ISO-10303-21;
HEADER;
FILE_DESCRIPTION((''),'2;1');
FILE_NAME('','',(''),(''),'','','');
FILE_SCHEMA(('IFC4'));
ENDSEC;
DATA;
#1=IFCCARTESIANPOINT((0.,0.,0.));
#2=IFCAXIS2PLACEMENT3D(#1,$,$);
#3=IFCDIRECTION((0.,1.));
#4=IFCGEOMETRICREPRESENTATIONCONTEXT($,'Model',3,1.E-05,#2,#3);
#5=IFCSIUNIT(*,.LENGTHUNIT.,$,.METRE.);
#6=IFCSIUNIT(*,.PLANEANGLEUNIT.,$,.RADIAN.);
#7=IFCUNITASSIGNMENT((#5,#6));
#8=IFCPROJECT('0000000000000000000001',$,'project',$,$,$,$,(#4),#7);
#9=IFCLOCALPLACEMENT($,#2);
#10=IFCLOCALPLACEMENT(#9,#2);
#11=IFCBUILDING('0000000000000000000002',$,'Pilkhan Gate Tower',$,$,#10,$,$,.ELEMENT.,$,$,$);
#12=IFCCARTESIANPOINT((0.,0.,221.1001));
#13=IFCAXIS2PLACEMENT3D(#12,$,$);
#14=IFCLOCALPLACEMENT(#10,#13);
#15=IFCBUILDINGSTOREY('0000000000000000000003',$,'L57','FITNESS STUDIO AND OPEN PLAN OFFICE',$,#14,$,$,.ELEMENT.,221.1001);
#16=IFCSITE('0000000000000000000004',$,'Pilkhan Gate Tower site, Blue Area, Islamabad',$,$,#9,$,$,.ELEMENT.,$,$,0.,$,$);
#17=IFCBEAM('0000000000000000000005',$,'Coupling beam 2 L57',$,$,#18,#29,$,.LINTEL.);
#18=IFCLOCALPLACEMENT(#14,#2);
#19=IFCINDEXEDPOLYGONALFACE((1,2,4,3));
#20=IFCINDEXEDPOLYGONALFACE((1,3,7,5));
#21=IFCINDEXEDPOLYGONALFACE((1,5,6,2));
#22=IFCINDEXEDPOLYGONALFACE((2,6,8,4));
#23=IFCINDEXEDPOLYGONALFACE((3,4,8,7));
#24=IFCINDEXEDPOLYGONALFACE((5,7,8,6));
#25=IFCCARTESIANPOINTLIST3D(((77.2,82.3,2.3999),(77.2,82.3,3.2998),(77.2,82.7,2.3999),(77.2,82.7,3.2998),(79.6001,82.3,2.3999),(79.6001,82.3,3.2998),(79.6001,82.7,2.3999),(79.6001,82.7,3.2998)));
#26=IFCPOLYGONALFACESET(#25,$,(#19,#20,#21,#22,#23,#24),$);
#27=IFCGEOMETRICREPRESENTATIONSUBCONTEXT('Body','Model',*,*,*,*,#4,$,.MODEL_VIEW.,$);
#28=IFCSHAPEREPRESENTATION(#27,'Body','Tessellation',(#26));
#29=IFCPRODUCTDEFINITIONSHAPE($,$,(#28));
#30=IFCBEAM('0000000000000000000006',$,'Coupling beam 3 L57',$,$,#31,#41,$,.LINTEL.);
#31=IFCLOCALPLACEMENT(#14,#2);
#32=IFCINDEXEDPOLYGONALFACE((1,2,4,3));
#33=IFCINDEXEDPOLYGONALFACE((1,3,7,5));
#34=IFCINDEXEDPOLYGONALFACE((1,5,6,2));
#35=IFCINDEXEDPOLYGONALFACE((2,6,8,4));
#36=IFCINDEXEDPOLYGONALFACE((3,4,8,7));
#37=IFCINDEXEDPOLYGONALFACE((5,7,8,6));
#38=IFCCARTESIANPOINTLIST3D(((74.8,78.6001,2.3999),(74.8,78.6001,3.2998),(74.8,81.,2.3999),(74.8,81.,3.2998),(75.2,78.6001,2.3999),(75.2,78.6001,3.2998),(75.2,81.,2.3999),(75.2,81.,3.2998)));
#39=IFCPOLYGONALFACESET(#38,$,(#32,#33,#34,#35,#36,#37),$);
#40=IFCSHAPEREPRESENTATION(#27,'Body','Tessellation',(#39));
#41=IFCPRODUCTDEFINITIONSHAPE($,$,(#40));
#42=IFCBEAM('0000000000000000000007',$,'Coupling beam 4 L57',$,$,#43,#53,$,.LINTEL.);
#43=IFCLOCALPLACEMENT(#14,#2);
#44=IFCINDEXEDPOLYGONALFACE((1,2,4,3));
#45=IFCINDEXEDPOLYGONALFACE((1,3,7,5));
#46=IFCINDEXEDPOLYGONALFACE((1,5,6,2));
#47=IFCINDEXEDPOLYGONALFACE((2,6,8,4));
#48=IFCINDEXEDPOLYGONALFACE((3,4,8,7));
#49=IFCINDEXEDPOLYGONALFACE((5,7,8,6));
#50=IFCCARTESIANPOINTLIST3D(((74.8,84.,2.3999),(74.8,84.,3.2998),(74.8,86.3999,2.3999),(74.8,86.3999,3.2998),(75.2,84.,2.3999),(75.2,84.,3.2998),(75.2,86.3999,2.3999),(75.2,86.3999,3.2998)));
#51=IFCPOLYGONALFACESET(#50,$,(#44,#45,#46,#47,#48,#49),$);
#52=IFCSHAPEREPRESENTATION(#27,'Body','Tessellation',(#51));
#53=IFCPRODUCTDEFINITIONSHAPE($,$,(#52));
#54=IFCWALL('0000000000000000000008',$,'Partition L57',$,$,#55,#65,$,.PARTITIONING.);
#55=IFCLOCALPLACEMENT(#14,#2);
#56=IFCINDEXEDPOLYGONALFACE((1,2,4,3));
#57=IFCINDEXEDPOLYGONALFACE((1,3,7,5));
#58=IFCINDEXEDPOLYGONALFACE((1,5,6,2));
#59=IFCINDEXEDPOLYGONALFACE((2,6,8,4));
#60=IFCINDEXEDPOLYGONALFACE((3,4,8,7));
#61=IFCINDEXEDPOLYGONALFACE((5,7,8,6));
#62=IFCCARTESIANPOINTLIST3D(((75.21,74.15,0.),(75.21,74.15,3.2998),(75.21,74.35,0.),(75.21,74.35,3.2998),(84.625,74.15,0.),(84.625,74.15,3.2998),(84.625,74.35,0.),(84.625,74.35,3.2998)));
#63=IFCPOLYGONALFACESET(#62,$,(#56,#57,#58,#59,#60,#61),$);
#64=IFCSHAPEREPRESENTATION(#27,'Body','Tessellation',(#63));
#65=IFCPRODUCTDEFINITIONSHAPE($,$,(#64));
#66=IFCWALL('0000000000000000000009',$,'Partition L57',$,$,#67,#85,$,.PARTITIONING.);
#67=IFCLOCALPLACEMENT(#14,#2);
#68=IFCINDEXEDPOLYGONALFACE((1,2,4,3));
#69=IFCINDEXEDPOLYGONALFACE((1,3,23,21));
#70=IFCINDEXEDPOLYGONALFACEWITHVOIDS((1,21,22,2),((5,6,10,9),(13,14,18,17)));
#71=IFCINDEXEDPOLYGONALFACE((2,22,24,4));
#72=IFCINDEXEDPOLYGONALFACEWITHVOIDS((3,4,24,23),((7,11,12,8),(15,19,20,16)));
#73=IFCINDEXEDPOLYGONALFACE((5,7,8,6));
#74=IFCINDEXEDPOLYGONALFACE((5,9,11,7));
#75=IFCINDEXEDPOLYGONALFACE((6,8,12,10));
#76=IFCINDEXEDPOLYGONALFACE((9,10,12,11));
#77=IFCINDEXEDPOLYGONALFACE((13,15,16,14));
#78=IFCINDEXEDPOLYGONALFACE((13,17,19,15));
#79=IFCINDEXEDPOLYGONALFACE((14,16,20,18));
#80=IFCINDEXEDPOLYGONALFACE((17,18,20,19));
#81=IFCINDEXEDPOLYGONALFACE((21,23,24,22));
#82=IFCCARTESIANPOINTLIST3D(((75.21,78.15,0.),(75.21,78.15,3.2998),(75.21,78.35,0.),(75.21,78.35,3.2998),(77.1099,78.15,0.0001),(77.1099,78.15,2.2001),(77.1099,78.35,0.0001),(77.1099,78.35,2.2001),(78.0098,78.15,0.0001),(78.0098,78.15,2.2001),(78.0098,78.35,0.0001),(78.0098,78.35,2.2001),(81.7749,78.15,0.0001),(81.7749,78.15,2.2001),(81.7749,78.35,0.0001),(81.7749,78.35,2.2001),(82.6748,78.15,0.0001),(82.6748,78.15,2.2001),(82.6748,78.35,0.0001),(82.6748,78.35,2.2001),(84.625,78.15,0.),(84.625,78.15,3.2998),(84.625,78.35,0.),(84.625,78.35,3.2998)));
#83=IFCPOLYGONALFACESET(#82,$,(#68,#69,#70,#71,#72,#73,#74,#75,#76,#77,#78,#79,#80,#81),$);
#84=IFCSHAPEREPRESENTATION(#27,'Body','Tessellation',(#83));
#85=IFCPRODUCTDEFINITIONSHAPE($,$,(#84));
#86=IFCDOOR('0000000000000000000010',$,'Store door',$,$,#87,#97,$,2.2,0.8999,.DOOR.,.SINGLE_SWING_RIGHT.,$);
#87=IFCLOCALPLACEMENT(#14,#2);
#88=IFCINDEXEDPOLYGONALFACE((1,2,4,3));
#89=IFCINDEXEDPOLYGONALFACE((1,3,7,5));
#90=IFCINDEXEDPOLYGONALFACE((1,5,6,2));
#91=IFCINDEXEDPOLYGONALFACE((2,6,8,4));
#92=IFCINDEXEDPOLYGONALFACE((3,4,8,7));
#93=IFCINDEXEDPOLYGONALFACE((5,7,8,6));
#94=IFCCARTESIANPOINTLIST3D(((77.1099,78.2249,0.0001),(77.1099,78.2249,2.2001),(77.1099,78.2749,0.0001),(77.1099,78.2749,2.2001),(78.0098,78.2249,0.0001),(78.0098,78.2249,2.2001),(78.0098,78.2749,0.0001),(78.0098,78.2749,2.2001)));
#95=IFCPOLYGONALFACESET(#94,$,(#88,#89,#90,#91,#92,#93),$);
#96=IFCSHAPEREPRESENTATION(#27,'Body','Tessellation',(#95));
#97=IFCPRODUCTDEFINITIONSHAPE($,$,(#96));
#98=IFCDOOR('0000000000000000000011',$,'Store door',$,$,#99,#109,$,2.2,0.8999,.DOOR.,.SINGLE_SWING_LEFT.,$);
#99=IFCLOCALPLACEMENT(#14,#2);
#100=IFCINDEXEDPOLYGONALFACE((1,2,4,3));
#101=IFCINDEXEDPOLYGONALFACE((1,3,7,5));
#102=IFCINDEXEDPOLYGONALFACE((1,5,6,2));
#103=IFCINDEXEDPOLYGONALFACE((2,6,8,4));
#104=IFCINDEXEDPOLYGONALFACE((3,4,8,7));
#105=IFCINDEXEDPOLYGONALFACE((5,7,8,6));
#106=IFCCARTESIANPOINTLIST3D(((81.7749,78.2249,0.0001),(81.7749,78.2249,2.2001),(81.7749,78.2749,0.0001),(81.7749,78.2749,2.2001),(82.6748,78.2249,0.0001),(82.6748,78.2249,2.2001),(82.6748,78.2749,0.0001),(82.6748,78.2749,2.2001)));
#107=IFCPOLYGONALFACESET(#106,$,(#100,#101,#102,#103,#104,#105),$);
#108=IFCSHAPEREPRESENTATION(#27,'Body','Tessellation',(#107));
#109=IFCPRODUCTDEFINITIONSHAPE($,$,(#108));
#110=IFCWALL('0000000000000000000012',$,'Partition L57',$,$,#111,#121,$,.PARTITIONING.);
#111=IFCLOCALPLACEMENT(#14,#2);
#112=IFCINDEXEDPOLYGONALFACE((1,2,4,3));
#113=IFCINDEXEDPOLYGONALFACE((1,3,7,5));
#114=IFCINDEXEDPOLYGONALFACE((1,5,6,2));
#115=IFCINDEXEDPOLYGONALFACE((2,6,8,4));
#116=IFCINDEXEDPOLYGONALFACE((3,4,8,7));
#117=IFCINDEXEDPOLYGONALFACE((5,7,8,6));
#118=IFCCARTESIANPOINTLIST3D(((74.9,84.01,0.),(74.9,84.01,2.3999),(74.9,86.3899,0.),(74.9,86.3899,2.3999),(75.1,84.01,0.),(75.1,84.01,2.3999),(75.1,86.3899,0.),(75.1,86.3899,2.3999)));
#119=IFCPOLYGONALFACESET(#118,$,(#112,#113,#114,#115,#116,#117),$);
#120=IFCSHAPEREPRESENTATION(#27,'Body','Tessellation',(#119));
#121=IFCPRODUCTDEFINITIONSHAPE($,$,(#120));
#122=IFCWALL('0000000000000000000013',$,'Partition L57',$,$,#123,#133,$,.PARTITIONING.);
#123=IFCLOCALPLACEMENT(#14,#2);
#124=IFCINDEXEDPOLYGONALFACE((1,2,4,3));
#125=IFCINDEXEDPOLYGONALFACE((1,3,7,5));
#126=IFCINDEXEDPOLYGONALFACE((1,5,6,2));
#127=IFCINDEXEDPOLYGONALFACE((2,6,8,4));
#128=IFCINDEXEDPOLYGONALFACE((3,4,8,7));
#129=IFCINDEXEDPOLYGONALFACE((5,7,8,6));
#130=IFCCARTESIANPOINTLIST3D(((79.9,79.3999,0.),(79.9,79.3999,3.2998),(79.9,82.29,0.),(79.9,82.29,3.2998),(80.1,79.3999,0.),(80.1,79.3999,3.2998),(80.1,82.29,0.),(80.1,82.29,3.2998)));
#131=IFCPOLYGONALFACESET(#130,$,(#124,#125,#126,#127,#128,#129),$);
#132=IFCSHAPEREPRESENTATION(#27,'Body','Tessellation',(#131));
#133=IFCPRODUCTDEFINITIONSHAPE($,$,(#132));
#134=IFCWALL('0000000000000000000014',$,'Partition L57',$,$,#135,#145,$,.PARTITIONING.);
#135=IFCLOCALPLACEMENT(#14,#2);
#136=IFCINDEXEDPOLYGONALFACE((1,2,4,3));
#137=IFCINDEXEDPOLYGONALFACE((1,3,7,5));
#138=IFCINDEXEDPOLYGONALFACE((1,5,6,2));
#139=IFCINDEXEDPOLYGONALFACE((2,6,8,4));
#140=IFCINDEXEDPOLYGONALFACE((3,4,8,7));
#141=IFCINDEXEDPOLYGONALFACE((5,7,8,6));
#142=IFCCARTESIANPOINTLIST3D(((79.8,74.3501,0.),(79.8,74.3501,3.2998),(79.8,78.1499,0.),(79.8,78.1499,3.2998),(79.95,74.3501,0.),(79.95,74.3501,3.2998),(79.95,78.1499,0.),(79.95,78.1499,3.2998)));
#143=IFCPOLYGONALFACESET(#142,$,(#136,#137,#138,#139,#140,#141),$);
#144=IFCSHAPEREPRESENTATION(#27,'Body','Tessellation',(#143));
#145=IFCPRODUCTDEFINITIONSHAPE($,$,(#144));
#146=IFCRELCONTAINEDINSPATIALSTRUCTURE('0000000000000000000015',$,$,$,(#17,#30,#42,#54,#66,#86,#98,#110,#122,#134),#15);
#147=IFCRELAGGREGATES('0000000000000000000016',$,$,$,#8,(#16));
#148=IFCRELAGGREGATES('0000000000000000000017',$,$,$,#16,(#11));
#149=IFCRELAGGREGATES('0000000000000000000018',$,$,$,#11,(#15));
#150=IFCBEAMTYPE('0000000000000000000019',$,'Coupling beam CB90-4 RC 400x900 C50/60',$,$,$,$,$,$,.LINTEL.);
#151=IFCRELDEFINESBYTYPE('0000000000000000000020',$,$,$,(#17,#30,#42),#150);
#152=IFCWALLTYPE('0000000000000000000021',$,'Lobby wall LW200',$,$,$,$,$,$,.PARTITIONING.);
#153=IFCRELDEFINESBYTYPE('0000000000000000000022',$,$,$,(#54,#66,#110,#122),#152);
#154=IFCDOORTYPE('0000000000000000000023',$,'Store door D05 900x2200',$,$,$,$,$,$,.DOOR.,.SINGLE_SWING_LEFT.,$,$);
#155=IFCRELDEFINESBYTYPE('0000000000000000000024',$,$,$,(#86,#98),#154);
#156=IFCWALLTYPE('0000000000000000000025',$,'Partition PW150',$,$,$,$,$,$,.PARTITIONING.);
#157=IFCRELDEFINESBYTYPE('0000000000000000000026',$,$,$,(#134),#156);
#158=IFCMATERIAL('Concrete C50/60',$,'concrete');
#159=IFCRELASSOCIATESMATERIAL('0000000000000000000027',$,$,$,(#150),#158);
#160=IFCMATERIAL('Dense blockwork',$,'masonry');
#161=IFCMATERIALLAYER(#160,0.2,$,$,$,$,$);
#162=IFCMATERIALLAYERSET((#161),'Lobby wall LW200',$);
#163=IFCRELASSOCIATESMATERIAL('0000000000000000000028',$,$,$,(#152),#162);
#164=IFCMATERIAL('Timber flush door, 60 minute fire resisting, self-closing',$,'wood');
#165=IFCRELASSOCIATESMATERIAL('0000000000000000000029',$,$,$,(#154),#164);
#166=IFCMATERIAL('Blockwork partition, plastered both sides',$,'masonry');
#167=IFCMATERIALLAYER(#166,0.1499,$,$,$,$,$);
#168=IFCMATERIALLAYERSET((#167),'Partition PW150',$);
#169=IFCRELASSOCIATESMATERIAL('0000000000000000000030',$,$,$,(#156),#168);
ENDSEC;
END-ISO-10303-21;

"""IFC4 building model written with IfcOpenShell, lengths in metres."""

from ifc_helpers import new_model, si_unit, direction, frame, frame_2d, origin, origin_2d, place, context, subcontext, project, spatial, rectangle, extrude, material, layer, layer_set, material_profile, profile_set, type_object, element, fill, save


model = new_model("IFC4")

# Units and contexts
model_context = context("Model", 3, precision=1e-05, world=origin(), true_north=direction((0.0, 1.0)))
body_context = subcontext(model_context, "Body", "Model", "MODEL_VIEW")
ifc_project = project(units=[si_unit("LENGTHUNIT", "METRE"), si_unit("PLANEANGLEUNIT", "RADIAN")], contexts=[model_context])

# Site, building, storey
site_placement = place(None, origin())
site = spatial("IfcSite", under=ifc_project, at=site_placement, Name="Pilkhan Gate Tower site, Blue Area, Islamabad", CompositionType="ELEMENT", RefElevation=0.0)
building_placement = place(site_placement, origin())
building = spatial("IfcBuilding", under=site, at=building_placement, Name="Pilkhan Gate Tower", CompositionType="ELEMENT")
storey_placement = place(building_placement, frame((0.0, 0.0, 221.1001)))
storey = spatial("IfcBuildingStorey", under=building, at=storey_placement, Name="L57", Description="FITNESS STUDIO AND OPEN PLAN OFFICE", CompositionType="ELEMENT", Elevation=221.1001)

# Beams
ifc_material_1 = material(Name="Concrete C50/60", Category="concrete")
ifc_material_profile = material_profile(ifc_material_1, rectangle(XDim=0.3999, YDim=0.8999, at=origin_2d()), Name="RC 400x900")
ifc_profile_set = profile_set([ifc_material_profile], Name="Concrete C50/60")
beam_type = type_object("IfcBeamType", Name="Coupling beam CB90-4 RC 400x900 C50/60", PredefinedType="LINTEL", material=ifc_profile_set)
beam_placement = place(storey_placement, frame((77.2, 82.5, 2.8499), z_axis=(1.0, 0.0, 0.0), x_axis=(0.0, 1.0, 0.0)))
element("IfcBeam", 1, at=beam_placement, inside=storey, type_object=beam_type, Name="Coupling beam 2 L57", PredefinedType="LINTEL", context=body_context, shape_type="SweptSolid", body=[
    extrude(rectangle(XDim=0.3999, YDim=0.8999, at=origin_2d()), origin(), (0.0, 0.0, 1.0), 2.4001),
])
for number, where, z_axis, x_axis, name in (
    (2, (75.0, 78.6001, 2.8499), (0.0, 1.0, 0.0), (-1.0, 0.0, 0.0), "Coupling beam 3 L57"),
    (3, (75.0, 84.0, 2.8499), (0.0, 1.0, 0.0), (-1.0, 0.0, 0.0), "Coupling beam 4 L57"),
):
    element("IfcBeam", number, at=place(storey_placement, frame(where, z_axis=z_axis, x_axis=x_axis)), inside=storey, type_object=beam_type, Name=name, PredefinedType="LINTEL", context=body_context, shape_type="SweptSolid", body=[
        extrude(rectangle(XDim=0.3999, YDim=0.8999, at=origin_2d()), origin(), (0.0, 0.0, 1.0), 2.3999),
    ])

# Wall
ifc_material_2 = material(Name="Dense blockwork", Category="masonry")
ifc_layer_1 = layer(ifc_material_2, 0.2)
ifc_layer_set_1 = layer_set([ifc_layer_1], Name="Lobby wall LW200")
wall_type_1 = type_object("IfcWallType", Name="Lobby wall LW200", PredefinedType="PARTITIONING", material=ifc_layer_set_1)
wall_1_placement = place(storey_placement, frame((75.21, 74.25, 0.0), z_axis=(0.0, 0.0, 1.0), x_axis=(1.0, 0.0, 0.0)))
element("IfcWall", 4, at=wall_1_placement, inside=storey, type_object=wall_type_1, Name="Partition L57", PredefinedType="PARTITIONING", context=body_context, shape_type="SweptSolid", body=[
    extrude(rectangle(XDim=9.415, YDim=0.2, at=frame_2d((4.7075, 0.0))), origin(), (0.0, 0.0, 1.0), 3.2998),
])

# Wall, openings, doors
wall_2_placement = place(storey_placement, frame((75.21, 78.25, 0.0), z_axis=(0.0, 0.0, 1.0), x_axis=(1.0, 0.0, 0.0)))
wall_2 = element("IfcWall", 5, at=wall_2_placement, inside=storey, type_object=wall_type_1, Name="Partition L57", PredefinedType="PARTITIONING", context=body_context, shape_type="SweptSolid", body=[
    extrude(rectangle(XDim=9.415, YDim=0.2, at=frame_2d((4.7075, 0.0))), origin(), (0.0, 0.0, 1.0), 3.2998),
])
opening_1_placement = place(wall_2_placement, frame((1.8999, 0.0, 0.0)))
opening_1 = element("IfcOpeningElement", 6, at=opening_1_placement, cuts=wall_2, PredefinedType="OPENING", context=body_context, shape_type="SweptSolid", body=[
    extrude(rectangle(XDim=0.8999, YDim=2.2, at=frame_2d((0.45, 1.1001))), frame((0.0, 0.1099, 0.0), z_axis=(0.0, -1.0, 0.0), x_axis=(1.0, 0.0, 0.0)), (0.0, 0.0, 1.0), 0.22),
])
opening_2_placement = place(wall_2_placement, frame((6.5649, 0.0, 0.0)))
opening_2 = element("IfcOpeningElement", 7, at=opening_2_placement, cuts=wall_2, PredefinedType="OPENING", context=body_context, shape_type="SweptSolid", body=[
    extrude(rectangle(XDim=0.8999, YDim=2.2, at=frame_2d((0.45, 1.1001))), frame((0.0, 0.1099, 0.0), z_axis=(0.0, -1.0, 0.0), x_axis=(1.0, 0.0, 0.0)), (0.0, 0.0, 1.0), 0.22),
])
ifc_material_3 = material(Name="Timber flush door, 60 minute fire resisting, self-closing", Category="wood")
door_type_1 = type_object("IfcDoorType", Name="Store door D05 900x2200", OperationType="SINGLE_SWING_LEFT", PredefinedType="DOOR", material=ifc_material_3)
door_1_placement = place(opening_1_placement, origin())
door_1 = element("IfcDoor", 8, at=door_1_placement, inside=storey, type_object=door_type_1, Name="Store door", OperationType="SINGLE_SWING_RIGHT", OverallHeight=2.2, OverallWidth=0.8999, PredefinedType="DOOR", context=body_context, shape_type="SweptSolid", body=[
    extrude(rectangle(XDim=0.8999, YDim=2.2, at=frame_2d((0.45, 1.1001))), frame((0.0, 0.0249, 0.0), z_axis=(0.0, -1.0, 0.0), x_axis=(1.0, 0.0, 0.0)), (0.0, 0.0, 1.0), 0.05),
])
fill(opening_1, door_1)
door_2_placement = place(opening_2_placement, origin())
door_2 = element("IfcDoor", 9, at=door_2_placement, inside=storey, type_object=door_type_1, Name="Store door", OperationType="SINGLE_SWING_LEFT", OverallHeight=2.2, OverallWidth=0.8999, PredefinedType="DOOR", context=body_context, shape_type="SweptSolid", body=[
    extrude(rectangle(XDim=0.8999, YDim=2.2, at=frame_2d((0.45, 1.1001))), frame((0.0, 0.0249, 0.0), z_axis=(0.0, -1.0, 0.0), x_axis=(1.0, 0.0, 0.0)), (0.0, 0.0, 1.0), 0.05),
])
fill(opening_2, door_2)

# Walls
wall_3_placement = place(storey_placement, frame((75.0, 84.01, 0.0), z_axis=(0.0, 0.0, 1.0), x_axis=(0.0, 1.0, 0.0)))
element("IfcWall", 10, at=wall_3_placement, inside=storey, type_object=wall_type_1, Name="Partition L57", PredefinedType="PARTITIONING", context=body_context, shape_type="SweptSolid", body=[
    extrude(rectangle(XDim=2.3799, YDim=0.2, at=frame_2d((1.1899, 0.0))), origin(), (0.0, 0.0, 1.0), 2.3999),
])
wall_4_placement = place(storey_placement, frame((80.0, 79.3999, 0.0), z_axis=(0.0, 0.0, 1.0), x_axis=(0.0, 1.0, 0.0)))
element("IfcWall", 11, at=wall_4_placement, inside=storey, type_object=wall_type_1, Name="Partition L57", PredefinedType="PARTITIONING", context=body_context, shape_type="SweptSolid", body=[
    extrude(rectangle(XDim=2.8901, YDim=0.2, at=frame_2d((1.4451, 0.0))), origin(), (0.0, 0.0, 1.0), 3.2998),
])
ifc_material_4 = material(Name="Blockwork partition, plastered both sides", Category="masonry")
ifc_layer_2 = layer(ifc_material_4, 0.1499)
ifc_layer_set_2 = layer_set([ifc_layer_2], Name="Partition PW150")
wall_type_2 = type_object("IfcWallType", Name="Partition PW150", PredefinedType="PARTITIONING", material=ifc_layer_set_2)
wall_5_placement = place(storey_placement, frame((79.875, 74.3501, 0.0), z_axis=(0.0, 0.0, 1.0), x_axis=(0.0, 1.0, 0.0)))
element("IfcWall", 12, at=wall_5_placement, inside=storey, type_object=wall_type_2, Name="Partition L57", PredefinedType="PARTITIONING", context=body_context, shape_type="SweptSolid", body=[
    extrude(rectangle(XDim=3.7998, YDim=0.1499, at=frame_2d((1.8999, 0.0))), origin(), (0.0, 0.0, 1.0), 3.2998),
])

save(model, "model.ifc")
